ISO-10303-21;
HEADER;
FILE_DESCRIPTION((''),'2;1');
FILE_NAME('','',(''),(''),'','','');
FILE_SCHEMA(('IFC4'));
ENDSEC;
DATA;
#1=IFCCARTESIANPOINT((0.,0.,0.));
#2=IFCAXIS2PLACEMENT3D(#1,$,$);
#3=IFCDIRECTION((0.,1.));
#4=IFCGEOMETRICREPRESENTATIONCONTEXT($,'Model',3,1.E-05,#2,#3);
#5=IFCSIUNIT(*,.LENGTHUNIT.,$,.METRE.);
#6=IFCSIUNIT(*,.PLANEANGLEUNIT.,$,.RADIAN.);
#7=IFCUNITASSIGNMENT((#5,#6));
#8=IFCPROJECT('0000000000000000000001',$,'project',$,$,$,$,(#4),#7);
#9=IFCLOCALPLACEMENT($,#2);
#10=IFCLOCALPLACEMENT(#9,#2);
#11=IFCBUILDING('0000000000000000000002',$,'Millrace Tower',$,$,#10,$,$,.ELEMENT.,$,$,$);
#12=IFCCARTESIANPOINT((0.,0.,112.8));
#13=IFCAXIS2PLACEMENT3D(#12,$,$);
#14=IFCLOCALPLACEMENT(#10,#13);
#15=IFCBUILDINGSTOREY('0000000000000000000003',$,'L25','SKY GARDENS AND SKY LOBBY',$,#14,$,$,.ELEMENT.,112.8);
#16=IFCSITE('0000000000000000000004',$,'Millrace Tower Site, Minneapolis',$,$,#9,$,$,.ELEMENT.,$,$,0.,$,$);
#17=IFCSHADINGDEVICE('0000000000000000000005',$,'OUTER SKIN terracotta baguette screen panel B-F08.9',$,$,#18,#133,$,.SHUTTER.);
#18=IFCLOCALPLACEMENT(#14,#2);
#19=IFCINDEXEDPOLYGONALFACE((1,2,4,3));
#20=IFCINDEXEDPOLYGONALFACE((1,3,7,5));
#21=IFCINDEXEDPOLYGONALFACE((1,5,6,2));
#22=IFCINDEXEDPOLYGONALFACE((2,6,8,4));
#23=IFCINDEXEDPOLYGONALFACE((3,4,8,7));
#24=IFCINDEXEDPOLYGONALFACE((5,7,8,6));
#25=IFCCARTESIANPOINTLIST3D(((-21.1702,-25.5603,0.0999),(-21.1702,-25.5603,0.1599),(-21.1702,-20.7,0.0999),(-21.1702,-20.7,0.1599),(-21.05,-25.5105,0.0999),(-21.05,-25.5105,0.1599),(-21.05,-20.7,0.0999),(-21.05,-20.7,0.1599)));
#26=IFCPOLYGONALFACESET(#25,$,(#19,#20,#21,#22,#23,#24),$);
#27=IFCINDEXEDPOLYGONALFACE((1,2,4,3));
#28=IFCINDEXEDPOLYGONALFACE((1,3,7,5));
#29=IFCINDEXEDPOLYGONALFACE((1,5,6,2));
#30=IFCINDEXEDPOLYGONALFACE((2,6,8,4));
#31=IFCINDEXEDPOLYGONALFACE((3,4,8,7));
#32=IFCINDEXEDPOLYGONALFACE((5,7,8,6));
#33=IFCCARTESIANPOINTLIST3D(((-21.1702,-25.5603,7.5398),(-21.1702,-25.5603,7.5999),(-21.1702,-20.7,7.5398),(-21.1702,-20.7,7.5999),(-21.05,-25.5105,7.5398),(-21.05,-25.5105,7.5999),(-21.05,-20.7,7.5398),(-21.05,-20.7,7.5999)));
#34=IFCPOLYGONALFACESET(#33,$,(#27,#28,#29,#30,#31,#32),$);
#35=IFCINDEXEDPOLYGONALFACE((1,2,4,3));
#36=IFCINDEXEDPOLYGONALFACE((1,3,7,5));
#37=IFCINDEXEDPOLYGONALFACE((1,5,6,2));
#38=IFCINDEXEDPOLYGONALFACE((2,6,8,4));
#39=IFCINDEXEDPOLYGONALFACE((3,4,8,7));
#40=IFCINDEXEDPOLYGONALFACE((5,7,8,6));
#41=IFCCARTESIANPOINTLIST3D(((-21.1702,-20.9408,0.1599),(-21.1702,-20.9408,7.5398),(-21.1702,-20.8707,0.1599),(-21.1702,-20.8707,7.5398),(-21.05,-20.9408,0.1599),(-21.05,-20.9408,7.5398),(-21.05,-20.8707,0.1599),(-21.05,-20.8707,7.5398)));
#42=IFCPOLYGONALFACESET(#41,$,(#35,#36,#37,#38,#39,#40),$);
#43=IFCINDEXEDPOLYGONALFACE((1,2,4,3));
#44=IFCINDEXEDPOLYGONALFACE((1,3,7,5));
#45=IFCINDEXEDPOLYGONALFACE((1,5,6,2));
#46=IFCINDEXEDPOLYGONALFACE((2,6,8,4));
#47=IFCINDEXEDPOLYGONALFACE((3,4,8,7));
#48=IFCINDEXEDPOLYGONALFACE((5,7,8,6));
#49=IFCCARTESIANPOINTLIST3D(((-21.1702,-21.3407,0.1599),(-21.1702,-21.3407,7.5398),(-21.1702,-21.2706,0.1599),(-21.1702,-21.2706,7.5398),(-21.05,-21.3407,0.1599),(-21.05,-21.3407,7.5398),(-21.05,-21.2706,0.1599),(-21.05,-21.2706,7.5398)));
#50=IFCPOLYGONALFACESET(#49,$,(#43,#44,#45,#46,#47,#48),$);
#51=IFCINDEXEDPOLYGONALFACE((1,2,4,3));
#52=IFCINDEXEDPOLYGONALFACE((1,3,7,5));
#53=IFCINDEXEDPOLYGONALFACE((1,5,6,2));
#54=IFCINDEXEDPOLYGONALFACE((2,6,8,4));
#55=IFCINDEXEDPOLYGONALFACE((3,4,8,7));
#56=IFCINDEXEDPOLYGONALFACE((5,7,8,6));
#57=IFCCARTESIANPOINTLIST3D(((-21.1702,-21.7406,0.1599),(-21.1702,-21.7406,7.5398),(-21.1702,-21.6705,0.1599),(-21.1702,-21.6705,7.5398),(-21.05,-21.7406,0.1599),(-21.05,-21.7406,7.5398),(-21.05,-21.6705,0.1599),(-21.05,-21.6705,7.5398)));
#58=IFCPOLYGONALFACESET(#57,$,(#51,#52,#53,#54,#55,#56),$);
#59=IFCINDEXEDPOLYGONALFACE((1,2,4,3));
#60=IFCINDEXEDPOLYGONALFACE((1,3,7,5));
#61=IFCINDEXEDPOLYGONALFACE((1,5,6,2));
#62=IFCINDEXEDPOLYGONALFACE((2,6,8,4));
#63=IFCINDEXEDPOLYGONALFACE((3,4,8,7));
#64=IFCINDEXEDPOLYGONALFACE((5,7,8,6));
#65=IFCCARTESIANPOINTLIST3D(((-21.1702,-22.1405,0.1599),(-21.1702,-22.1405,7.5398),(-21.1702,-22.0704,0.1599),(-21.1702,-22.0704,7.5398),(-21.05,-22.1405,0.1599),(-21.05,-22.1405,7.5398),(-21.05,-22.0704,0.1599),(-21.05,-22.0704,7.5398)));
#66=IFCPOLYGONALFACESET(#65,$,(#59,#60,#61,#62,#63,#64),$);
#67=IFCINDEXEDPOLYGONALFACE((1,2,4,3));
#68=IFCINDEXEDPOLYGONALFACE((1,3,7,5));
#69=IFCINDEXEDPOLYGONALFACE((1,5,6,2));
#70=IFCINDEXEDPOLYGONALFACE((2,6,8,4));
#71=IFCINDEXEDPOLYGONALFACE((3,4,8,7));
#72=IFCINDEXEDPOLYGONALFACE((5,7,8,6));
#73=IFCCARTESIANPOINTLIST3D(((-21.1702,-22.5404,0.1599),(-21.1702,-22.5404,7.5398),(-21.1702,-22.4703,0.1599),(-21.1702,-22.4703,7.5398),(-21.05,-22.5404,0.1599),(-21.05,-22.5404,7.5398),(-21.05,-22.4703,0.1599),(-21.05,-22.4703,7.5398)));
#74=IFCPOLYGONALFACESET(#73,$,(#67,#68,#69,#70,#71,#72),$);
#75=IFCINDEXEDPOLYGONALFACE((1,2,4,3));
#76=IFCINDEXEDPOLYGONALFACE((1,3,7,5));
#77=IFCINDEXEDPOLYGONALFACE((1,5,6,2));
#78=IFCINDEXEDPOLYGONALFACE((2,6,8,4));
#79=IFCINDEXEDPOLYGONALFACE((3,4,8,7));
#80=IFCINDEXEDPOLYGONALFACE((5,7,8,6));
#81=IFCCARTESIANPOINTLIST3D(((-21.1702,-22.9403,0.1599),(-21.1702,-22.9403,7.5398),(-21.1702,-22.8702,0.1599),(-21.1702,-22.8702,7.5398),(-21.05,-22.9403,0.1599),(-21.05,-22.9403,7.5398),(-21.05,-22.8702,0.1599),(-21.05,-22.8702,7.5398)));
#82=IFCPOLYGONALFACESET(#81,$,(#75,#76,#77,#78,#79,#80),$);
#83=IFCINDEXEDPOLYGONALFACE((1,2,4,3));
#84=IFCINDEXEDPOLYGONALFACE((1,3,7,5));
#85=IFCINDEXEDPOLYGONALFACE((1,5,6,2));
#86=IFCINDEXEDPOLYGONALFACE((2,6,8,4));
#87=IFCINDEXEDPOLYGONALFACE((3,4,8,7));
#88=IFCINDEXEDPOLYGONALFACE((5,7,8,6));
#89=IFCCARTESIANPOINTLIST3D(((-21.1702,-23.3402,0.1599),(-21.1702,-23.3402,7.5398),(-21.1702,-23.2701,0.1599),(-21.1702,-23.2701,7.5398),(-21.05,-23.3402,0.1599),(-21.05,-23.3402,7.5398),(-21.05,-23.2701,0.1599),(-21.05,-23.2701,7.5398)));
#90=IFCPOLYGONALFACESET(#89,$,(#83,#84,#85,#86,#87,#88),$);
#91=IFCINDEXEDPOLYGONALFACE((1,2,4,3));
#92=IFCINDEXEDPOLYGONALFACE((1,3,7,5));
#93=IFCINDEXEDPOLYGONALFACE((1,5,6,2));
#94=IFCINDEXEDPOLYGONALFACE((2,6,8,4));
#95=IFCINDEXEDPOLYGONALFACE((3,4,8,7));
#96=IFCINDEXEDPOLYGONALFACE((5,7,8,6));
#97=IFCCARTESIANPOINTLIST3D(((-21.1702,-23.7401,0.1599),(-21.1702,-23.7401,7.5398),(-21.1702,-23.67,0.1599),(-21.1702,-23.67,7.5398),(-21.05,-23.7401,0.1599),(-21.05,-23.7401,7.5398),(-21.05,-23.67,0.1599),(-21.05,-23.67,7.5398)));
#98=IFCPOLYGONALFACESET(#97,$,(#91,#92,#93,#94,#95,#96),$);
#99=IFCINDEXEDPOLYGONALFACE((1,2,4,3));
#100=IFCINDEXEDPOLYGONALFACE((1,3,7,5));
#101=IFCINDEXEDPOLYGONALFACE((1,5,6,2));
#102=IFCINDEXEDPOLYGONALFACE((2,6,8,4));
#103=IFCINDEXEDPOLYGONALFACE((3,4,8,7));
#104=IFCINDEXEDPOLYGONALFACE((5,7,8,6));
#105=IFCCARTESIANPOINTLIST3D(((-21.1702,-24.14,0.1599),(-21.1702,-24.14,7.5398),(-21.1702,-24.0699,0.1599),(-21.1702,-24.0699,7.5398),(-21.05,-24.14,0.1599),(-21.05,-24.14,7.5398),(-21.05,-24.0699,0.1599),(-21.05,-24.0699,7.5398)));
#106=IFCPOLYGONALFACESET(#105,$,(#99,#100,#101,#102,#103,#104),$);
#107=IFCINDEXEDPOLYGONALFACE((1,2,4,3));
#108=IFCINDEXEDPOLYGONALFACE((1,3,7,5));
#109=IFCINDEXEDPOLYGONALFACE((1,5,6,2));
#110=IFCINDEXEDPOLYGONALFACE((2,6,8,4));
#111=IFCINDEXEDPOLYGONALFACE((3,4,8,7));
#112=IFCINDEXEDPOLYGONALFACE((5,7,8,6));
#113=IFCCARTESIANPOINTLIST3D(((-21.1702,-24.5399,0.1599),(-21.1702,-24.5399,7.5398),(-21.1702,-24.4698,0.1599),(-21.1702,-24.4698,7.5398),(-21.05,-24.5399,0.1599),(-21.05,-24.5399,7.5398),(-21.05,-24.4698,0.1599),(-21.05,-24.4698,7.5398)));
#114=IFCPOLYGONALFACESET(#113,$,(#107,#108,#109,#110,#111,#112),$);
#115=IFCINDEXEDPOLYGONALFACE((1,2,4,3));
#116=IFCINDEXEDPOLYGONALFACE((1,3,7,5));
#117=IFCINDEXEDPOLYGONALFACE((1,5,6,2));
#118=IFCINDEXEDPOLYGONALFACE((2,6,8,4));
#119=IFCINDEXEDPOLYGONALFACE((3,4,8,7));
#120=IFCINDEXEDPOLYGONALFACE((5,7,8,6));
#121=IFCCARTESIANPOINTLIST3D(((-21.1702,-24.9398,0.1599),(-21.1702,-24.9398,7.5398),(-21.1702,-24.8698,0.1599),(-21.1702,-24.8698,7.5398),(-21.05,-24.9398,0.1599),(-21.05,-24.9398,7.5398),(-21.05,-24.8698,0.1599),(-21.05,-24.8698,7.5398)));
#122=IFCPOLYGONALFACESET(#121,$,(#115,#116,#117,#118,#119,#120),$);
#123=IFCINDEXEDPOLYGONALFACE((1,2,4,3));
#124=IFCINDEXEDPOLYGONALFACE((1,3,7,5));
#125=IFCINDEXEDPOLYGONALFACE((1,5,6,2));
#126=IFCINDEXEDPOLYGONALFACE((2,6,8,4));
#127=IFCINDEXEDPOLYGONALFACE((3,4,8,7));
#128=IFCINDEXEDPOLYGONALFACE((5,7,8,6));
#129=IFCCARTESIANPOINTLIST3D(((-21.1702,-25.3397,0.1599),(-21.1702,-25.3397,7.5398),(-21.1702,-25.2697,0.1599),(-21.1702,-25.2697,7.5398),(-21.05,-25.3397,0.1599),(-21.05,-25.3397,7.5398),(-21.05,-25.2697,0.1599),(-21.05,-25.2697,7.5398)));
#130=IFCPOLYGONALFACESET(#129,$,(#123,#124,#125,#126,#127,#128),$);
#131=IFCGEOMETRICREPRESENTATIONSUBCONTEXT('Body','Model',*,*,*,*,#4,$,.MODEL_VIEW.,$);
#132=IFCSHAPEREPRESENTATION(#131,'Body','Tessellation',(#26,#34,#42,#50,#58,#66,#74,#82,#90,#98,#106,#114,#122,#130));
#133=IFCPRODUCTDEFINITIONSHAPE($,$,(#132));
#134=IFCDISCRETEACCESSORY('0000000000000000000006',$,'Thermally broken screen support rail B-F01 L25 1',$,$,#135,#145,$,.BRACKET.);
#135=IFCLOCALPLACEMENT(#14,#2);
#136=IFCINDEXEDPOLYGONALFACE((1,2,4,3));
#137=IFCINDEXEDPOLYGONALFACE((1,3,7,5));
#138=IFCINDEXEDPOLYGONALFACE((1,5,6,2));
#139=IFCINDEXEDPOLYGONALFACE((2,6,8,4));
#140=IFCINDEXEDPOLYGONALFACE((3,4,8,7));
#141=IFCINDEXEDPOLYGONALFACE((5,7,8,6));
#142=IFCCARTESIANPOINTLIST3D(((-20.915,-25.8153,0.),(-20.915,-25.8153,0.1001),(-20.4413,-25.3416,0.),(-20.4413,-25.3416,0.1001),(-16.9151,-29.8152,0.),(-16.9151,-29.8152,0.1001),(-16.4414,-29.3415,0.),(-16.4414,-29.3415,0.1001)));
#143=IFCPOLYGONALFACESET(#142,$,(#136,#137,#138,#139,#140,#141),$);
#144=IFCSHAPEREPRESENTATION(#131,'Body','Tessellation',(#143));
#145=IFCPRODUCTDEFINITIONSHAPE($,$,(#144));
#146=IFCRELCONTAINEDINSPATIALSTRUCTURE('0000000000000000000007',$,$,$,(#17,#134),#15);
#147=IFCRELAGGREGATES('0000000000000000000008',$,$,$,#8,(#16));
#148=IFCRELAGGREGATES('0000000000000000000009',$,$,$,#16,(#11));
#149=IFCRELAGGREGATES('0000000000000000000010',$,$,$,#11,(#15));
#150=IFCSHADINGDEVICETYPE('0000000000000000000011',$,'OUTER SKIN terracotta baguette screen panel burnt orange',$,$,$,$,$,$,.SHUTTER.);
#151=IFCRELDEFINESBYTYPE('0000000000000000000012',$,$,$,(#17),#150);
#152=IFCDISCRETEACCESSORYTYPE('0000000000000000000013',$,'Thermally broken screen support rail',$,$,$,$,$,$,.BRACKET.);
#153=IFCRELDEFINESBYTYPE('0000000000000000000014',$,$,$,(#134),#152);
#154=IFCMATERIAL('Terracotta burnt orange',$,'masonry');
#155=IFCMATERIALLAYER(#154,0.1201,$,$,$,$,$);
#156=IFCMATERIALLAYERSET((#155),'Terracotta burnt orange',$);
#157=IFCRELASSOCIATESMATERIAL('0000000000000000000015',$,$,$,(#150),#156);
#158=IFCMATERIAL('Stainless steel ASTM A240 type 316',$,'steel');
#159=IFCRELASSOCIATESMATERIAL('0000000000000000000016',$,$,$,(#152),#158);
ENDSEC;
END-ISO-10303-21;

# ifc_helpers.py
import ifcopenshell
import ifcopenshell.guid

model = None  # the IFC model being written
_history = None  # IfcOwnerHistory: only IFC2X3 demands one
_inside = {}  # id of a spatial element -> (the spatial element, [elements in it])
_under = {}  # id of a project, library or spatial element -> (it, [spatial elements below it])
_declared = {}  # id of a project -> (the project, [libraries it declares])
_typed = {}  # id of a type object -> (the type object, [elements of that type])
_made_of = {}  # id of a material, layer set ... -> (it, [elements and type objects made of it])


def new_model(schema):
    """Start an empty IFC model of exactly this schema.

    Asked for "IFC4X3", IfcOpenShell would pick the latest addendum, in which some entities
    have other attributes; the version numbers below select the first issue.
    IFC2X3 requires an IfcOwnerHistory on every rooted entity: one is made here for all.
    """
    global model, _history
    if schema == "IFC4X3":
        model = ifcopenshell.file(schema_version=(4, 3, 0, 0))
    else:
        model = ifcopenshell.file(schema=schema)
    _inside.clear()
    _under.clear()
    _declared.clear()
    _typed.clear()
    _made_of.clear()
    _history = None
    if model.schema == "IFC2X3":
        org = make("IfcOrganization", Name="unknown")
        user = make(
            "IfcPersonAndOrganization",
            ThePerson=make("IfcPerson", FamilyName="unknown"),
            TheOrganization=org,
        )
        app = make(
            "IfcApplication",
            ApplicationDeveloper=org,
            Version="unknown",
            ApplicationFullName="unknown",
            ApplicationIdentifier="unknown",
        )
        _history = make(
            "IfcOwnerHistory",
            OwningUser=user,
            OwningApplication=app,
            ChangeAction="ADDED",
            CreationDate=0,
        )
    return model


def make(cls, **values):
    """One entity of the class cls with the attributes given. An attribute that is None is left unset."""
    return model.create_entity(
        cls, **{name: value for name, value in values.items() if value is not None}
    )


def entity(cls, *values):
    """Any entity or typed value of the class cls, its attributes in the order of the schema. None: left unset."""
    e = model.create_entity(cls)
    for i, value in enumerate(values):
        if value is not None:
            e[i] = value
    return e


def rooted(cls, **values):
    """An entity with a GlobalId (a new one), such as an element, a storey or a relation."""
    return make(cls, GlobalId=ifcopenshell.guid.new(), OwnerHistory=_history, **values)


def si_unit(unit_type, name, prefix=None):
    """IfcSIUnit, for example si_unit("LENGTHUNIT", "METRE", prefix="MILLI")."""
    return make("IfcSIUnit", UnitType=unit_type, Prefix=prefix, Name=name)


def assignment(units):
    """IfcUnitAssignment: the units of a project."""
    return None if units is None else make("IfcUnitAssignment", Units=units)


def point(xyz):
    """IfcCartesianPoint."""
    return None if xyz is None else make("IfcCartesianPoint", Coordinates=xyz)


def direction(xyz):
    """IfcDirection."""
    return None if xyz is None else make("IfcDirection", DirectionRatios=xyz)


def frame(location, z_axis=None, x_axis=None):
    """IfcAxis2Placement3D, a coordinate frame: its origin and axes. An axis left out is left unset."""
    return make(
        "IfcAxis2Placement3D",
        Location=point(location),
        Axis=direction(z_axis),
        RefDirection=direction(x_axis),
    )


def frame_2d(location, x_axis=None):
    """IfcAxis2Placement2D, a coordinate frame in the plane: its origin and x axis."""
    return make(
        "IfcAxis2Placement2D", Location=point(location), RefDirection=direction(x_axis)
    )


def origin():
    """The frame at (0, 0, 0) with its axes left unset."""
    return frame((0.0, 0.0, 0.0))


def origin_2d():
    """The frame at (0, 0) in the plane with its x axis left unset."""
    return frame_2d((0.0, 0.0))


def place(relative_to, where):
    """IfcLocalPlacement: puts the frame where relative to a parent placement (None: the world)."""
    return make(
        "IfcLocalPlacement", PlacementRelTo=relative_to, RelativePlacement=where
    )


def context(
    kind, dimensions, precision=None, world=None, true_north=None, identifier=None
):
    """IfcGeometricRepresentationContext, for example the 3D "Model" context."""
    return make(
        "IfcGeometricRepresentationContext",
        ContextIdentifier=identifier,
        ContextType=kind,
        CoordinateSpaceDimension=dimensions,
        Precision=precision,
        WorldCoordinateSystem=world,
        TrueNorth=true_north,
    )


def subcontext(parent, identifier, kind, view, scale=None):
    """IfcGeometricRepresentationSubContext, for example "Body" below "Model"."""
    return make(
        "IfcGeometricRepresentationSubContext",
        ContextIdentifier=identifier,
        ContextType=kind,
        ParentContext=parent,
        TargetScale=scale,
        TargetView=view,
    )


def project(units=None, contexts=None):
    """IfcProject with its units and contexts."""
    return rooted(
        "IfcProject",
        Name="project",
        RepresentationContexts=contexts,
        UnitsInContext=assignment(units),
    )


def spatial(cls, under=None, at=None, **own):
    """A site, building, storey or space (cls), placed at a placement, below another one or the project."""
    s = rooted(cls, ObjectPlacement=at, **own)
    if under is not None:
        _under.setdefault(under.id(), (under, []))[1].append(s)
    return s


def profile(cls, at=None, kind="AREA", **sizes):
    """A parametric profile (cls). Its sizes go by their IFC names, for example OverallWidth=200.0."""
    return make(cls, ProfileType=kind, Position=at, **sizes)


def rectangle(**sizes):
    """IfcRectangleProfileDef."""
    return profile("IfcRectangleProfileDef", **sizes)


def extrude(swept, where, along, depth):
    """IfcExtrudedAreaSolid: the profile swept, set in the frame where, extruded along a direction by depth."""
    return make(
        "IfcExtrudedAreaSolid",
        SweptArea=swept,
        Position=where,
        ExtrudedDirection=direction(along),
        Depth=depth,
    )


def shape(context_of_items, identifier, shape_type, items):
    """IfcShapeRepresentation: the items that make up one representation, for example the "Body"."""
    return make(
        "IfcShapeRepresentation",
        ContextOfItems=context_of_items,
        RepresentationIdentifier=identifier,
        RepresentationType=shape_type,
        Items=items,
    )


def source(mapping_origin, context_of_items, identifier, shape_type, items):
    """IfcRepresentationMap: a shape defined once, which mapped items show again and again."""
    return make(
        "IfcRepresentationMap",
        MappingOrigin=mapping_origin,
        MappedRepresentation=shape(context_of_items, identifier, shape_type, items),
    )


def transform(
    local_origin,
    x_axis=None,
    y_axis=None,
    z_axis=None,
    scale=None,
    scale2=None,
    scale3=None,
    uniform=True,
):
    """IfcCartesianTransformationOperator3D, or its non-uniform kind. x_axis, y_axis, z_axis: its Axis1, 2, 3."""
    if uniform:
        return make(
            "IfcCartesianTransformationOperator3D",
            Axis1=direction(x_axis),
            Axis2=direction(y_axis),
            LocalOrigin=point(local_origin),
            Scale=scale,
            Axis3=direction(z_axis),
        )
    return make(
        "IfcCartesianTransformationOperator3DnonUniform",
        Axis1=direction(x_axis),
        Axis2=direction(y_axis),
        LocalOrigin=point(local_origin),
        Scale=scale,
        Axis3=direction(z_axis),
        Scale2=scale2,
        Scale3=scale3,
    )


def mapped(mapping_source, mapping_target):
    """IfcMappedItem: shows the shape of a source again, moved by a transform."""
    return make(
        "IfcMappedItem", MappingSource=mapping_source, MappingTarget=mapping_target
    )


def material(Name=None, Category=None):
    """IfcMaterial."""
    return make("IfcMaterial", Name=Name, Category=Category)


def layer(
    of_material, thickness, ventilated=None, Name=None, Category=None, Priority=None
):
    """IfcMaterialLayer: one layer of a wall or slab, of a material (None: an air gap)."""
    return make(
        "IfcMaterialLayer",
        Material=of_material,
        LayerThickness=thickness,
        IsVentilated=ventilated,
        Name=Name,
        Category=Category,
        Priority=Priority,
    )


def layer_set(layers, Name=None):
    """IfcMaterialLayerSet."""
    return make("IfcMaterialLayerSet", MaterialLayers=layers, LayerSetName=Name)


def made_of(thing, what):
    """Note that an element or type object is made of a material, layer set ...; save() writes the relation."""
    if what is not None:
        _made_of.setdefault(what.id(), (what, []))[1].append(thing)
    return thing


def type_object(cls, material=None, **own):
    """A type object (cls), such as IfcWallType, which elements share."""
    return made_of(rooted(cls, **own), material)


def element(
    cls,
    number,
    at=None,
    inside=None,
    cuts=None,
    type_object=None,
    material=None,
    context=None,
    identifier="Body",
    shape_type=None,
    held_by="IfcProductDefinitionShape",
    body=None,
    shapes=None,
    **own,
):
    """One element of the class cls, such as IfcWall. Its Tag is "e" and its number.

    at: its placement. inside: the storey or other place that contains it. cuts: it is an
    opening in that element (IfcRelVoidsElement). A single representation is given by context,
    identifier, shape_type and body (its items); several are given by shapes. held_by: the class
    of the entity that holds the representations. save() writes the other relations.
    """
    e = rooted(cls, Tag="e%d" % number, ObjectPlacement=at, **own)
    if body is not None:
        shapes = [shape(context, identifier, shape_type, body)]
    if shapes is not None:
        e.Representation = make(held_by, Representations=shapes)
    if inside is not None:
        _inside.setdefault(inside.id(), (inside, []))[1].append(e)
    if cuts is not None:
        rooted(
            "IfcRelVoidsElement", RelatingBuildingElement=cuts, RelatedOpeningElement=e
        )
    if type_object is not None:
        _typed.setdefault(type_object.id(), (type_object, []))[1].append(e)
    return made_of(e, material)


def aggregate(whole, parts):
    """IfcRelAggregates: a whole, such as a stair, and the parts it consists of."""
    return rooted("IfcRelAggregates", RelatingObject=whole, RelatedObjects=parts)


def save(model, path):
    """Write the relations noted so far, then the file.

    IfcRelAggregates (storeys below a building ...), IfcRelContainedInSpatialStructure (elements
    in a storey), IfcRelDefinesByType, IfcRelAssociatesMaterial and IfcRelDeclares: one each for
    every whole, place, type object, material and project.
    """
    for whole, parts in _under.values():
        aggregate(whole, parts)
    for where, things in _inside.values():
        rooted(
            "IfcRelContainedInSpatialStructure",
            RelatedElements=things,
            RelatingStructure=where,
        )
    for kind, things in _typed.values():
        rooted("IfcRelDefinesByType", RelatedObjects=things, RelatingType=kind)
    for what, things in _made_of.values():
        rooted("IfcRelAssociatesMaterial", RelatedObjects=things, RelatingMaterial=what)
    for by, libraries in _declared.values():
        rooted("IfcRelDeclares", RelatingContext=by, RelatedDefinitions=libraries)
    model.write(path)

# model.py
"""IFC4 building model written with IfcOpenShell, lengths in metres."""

from ifc_helpers import new_model, entity, si_unit, direction, frame, frame_2d, origin, origin_2d, place, context, subcontext, project, spatial, rectangle, extrude, source, transform, mapped, material, layer, layer_set, type_object, element, save


model = new_model("IFC4")

# Units and contexts
model_context = context("Model", 3, precision=1e-05, world=origin(), true_north=direction((0.0, 1.0)))
body_context = subcontext(model_context, "Body", "Model", "MODEL_VIEW")
ifc_project = project(units=[si_unit("LENGTHUNIT", "METRE"), si_unit("PLANEANGLEUNIT", "RADIAN")], contexts=[model_context])

# Site, building, storey
site_placement = place(None, origin())
site = spatial("IfcSite", under=ifc_project, at=site_placement, Name="Millrace Tower Site, Minneapolis", CompositionType="ELEMENT", RefElevation=0.0)
building_placement = place(site_placement, origin())
building = spatial("IfcBuilding", under=site, at=building_placement, Name="Millrace Tower", CompositionType="ELEMENT")
storey_placement = place(building_placement, frame((0.0, 0.0, 112.8)))
storey = spatial("IfcBuildingStorey", under=building, at=storey_placement, Name="L25", Description="SKY GARDENS AND SKY LOBBY", CompositionType="ELEMENT", Elevation=112.8)

# Shading device
ifc_material_1 = material(Name="Terracotta burnt orange", Category="masonry")
ifc_layer_1 = layer(ifc_material_1, 0.1201)
ifc_layer_set_1 = layer_set([ifc_layer_1], Name="Terracotta burnt orange")
shading_device_type = type_object("IfcShadingDeviceType", Name="OUTER SKIN terracotta baguette screen panel burnt orange", PredefinedType="SHUTTER", material=ifc_layer_set_1)
cartesian_point_1 = entity("IfcCartesianPoint", [-2.4177, 0.0601])
shared_polyline_1 = entity("IfcPolyline", [cartesian_point_1, entity("IfcCartesianPoint", [2.3928, 0.0601]), entity("IfcCartesianPoint", [2.4426, -0.0601]), entity("IfcCartesianPoint", [-2.4177, -0.0601]), cartesian_point_1])
shared_shape_1 = source(origin(), body_context, "Body", "SweptSolid", [
    entity("IfcExtrudedAreaSolid", entity("IfcArbitraryClosedProfileDef", "AREA", None, shared_polyline_1), entity("IfcAxis2Placement3D", entity("IfcCartesianPoint", [0.0, 0.0, 0.0])), entity("IfcDirection", [0.0, 0.0, 1.0]), 0.0601),
    entity("IfcExtrudedAreaSolid", entity("IfcArbitraryClosedProfileDef", "AREA", None, shared_polyline_1), entity("IfcAxis2Placement3D", entity("IfcCartesianPoint", [0.0, 0.0, 7.4399])), entity("IfcDirection", [0.0, 0.0, 1.0]), 0.0601),
    extrude(rectangle(XDim=0.0701, YDim=0.1201, at=frame_2d((-2.2119, 0.0))), frame((0.0, 0.0, 0.0601)), (0.0, 0.0, 1.0), 7.3799),
    extrude(rectangle(XDim=0.0701, YDim=0.1201, at=frame_2d((-1.812, 0.0))), frame((0.0, 0.0, 0.0601)), (0.0, 0.0, 1.0), 7.3799),
    extrude(rectangle(XDim=0.0701, YDim=0.1201, at=frame_2d((-1.4121, 0.0))), frame((0.0, 0.0, 0.0601)), (0.0, 0.0, 1.0), 7.3799),
    extrude(rectangle(XDim=0.0701, YDim=0.1201, at=frame_2d((-1.0122, 0.0))), frame((0.0, 0.0, 0.0601)), (0.0, 0.0, 1.0), 7.3799),
    extrude(rectangle(XDim=0.0701, YDim=0.1201, at=frame_2d((-0.6123, 0.0))), frame((0.0, 0.0, 0.0601)), (0.0, 0.0, 1.0), 7.3799),
    extrude(rectangle(XDim=0.0701, YDim=0.1201, at=frame_2d((-0.2124, 0.0))), frame((0.0, 0.0, 0.0601)), (0.0, 0.0, 1.0), 7.3799),
    extrude(rectangle(XDim=0.0701, YDim=0.1201, at=frame_2d((0.1875, 0.0))), frame((0.0, 0.0, 0.0601)), (0.0, 0.0, 1.0), 7.3799),
    extrude(rectangle(XDim=0.0701, YDim=0.1201, at=frame_2d((0.5874, 0.0))), frame((0.0, 0.0, 0.0601)), (0.0, 0.0, 1.0), 7.3799),
    extrude(rectangle(XDim=0.0701, YDim=0.1201, at=frame_2d((0.9873, 0.0))), frame((0.0, 0.0, 0.0601)), (0.0, 0.0, 1.0), 7.3799),
    extrude(rectangle(XDim=0.0701, YDim=0.1201, at=frame_2d((1.3872, 0.0))), frame((0.0, 0.0, 0.0601)), (0.0, 0.0, 1.0), 7.3799),
    extrude(rectangle(XDim=0.0701, YDim=0.1201, at=frame_2d((1.7871, 0.0))), frame((0.0, 0.0, 0.0601)), (0.0, 0.0, 1.0), 7.3799),
    extrude(rectangle(XDim=0.0701, YDim=0.1201, at=frame_2d((2.187, 0.0))), frame((0.0, 0.0, 0.0601)), (0.0, 0.0, 1.0), 7.3799),
])
shading_device_1_placement = place(storey_placement, frame((-21.1101, -23.1177, 0.0999), z_axis=(0.0, 0.0, 1.0), x_axis=(0.0, -1.0, 0.0)))
element("IfcShadingDevice", 1, at=shading_device_1_placement, inside=storey, type_object=shading_device_type, Name="OUTER SKIN terracotta baguette screen panel B-F08.9", PredefinedType="SHUTTER", context=body_context, shape_type="MappedRepresentation", body=[
    mapped(shared_shape_1, transform((0.0, 0.0, 0.0), scale=1.0)),
])

# Discrete accessory
ifc_material_2 = material(Name="Stainless steel ASTM A240 type 316", Category="steel")
discrete_accessory_type = type_object("IfcDiscreteAccessoryType", Name="Thermally broken screen support rail", PredefinedType="BRACKET", material=ifc_material_2)
discrete_accessory_placement = place(storey_placement, frame((-18.6782, -27.5784, 0.0), z_axis=(0.0, 0.0, 1.0), x_axis=(0.707107, -0.707107, 0.0)))
element("IfcDiscreteAccessory", 2, at=discrete_accessory_placement, inside=storey, type_object=discrete_accessory_type, Name="Thermally broken screen support rail B-F01 L25 1", PredefinedType="BRACKET", context=body_context, shape_type="SweptSolid", body=[
    extrude(rectangle(XDim=5.6567, YDim=0.6699, at=origin_2d()), origin(), (0.0, 0.0, 1.0), 0.1001),
])

save(model, "model.ifc")
